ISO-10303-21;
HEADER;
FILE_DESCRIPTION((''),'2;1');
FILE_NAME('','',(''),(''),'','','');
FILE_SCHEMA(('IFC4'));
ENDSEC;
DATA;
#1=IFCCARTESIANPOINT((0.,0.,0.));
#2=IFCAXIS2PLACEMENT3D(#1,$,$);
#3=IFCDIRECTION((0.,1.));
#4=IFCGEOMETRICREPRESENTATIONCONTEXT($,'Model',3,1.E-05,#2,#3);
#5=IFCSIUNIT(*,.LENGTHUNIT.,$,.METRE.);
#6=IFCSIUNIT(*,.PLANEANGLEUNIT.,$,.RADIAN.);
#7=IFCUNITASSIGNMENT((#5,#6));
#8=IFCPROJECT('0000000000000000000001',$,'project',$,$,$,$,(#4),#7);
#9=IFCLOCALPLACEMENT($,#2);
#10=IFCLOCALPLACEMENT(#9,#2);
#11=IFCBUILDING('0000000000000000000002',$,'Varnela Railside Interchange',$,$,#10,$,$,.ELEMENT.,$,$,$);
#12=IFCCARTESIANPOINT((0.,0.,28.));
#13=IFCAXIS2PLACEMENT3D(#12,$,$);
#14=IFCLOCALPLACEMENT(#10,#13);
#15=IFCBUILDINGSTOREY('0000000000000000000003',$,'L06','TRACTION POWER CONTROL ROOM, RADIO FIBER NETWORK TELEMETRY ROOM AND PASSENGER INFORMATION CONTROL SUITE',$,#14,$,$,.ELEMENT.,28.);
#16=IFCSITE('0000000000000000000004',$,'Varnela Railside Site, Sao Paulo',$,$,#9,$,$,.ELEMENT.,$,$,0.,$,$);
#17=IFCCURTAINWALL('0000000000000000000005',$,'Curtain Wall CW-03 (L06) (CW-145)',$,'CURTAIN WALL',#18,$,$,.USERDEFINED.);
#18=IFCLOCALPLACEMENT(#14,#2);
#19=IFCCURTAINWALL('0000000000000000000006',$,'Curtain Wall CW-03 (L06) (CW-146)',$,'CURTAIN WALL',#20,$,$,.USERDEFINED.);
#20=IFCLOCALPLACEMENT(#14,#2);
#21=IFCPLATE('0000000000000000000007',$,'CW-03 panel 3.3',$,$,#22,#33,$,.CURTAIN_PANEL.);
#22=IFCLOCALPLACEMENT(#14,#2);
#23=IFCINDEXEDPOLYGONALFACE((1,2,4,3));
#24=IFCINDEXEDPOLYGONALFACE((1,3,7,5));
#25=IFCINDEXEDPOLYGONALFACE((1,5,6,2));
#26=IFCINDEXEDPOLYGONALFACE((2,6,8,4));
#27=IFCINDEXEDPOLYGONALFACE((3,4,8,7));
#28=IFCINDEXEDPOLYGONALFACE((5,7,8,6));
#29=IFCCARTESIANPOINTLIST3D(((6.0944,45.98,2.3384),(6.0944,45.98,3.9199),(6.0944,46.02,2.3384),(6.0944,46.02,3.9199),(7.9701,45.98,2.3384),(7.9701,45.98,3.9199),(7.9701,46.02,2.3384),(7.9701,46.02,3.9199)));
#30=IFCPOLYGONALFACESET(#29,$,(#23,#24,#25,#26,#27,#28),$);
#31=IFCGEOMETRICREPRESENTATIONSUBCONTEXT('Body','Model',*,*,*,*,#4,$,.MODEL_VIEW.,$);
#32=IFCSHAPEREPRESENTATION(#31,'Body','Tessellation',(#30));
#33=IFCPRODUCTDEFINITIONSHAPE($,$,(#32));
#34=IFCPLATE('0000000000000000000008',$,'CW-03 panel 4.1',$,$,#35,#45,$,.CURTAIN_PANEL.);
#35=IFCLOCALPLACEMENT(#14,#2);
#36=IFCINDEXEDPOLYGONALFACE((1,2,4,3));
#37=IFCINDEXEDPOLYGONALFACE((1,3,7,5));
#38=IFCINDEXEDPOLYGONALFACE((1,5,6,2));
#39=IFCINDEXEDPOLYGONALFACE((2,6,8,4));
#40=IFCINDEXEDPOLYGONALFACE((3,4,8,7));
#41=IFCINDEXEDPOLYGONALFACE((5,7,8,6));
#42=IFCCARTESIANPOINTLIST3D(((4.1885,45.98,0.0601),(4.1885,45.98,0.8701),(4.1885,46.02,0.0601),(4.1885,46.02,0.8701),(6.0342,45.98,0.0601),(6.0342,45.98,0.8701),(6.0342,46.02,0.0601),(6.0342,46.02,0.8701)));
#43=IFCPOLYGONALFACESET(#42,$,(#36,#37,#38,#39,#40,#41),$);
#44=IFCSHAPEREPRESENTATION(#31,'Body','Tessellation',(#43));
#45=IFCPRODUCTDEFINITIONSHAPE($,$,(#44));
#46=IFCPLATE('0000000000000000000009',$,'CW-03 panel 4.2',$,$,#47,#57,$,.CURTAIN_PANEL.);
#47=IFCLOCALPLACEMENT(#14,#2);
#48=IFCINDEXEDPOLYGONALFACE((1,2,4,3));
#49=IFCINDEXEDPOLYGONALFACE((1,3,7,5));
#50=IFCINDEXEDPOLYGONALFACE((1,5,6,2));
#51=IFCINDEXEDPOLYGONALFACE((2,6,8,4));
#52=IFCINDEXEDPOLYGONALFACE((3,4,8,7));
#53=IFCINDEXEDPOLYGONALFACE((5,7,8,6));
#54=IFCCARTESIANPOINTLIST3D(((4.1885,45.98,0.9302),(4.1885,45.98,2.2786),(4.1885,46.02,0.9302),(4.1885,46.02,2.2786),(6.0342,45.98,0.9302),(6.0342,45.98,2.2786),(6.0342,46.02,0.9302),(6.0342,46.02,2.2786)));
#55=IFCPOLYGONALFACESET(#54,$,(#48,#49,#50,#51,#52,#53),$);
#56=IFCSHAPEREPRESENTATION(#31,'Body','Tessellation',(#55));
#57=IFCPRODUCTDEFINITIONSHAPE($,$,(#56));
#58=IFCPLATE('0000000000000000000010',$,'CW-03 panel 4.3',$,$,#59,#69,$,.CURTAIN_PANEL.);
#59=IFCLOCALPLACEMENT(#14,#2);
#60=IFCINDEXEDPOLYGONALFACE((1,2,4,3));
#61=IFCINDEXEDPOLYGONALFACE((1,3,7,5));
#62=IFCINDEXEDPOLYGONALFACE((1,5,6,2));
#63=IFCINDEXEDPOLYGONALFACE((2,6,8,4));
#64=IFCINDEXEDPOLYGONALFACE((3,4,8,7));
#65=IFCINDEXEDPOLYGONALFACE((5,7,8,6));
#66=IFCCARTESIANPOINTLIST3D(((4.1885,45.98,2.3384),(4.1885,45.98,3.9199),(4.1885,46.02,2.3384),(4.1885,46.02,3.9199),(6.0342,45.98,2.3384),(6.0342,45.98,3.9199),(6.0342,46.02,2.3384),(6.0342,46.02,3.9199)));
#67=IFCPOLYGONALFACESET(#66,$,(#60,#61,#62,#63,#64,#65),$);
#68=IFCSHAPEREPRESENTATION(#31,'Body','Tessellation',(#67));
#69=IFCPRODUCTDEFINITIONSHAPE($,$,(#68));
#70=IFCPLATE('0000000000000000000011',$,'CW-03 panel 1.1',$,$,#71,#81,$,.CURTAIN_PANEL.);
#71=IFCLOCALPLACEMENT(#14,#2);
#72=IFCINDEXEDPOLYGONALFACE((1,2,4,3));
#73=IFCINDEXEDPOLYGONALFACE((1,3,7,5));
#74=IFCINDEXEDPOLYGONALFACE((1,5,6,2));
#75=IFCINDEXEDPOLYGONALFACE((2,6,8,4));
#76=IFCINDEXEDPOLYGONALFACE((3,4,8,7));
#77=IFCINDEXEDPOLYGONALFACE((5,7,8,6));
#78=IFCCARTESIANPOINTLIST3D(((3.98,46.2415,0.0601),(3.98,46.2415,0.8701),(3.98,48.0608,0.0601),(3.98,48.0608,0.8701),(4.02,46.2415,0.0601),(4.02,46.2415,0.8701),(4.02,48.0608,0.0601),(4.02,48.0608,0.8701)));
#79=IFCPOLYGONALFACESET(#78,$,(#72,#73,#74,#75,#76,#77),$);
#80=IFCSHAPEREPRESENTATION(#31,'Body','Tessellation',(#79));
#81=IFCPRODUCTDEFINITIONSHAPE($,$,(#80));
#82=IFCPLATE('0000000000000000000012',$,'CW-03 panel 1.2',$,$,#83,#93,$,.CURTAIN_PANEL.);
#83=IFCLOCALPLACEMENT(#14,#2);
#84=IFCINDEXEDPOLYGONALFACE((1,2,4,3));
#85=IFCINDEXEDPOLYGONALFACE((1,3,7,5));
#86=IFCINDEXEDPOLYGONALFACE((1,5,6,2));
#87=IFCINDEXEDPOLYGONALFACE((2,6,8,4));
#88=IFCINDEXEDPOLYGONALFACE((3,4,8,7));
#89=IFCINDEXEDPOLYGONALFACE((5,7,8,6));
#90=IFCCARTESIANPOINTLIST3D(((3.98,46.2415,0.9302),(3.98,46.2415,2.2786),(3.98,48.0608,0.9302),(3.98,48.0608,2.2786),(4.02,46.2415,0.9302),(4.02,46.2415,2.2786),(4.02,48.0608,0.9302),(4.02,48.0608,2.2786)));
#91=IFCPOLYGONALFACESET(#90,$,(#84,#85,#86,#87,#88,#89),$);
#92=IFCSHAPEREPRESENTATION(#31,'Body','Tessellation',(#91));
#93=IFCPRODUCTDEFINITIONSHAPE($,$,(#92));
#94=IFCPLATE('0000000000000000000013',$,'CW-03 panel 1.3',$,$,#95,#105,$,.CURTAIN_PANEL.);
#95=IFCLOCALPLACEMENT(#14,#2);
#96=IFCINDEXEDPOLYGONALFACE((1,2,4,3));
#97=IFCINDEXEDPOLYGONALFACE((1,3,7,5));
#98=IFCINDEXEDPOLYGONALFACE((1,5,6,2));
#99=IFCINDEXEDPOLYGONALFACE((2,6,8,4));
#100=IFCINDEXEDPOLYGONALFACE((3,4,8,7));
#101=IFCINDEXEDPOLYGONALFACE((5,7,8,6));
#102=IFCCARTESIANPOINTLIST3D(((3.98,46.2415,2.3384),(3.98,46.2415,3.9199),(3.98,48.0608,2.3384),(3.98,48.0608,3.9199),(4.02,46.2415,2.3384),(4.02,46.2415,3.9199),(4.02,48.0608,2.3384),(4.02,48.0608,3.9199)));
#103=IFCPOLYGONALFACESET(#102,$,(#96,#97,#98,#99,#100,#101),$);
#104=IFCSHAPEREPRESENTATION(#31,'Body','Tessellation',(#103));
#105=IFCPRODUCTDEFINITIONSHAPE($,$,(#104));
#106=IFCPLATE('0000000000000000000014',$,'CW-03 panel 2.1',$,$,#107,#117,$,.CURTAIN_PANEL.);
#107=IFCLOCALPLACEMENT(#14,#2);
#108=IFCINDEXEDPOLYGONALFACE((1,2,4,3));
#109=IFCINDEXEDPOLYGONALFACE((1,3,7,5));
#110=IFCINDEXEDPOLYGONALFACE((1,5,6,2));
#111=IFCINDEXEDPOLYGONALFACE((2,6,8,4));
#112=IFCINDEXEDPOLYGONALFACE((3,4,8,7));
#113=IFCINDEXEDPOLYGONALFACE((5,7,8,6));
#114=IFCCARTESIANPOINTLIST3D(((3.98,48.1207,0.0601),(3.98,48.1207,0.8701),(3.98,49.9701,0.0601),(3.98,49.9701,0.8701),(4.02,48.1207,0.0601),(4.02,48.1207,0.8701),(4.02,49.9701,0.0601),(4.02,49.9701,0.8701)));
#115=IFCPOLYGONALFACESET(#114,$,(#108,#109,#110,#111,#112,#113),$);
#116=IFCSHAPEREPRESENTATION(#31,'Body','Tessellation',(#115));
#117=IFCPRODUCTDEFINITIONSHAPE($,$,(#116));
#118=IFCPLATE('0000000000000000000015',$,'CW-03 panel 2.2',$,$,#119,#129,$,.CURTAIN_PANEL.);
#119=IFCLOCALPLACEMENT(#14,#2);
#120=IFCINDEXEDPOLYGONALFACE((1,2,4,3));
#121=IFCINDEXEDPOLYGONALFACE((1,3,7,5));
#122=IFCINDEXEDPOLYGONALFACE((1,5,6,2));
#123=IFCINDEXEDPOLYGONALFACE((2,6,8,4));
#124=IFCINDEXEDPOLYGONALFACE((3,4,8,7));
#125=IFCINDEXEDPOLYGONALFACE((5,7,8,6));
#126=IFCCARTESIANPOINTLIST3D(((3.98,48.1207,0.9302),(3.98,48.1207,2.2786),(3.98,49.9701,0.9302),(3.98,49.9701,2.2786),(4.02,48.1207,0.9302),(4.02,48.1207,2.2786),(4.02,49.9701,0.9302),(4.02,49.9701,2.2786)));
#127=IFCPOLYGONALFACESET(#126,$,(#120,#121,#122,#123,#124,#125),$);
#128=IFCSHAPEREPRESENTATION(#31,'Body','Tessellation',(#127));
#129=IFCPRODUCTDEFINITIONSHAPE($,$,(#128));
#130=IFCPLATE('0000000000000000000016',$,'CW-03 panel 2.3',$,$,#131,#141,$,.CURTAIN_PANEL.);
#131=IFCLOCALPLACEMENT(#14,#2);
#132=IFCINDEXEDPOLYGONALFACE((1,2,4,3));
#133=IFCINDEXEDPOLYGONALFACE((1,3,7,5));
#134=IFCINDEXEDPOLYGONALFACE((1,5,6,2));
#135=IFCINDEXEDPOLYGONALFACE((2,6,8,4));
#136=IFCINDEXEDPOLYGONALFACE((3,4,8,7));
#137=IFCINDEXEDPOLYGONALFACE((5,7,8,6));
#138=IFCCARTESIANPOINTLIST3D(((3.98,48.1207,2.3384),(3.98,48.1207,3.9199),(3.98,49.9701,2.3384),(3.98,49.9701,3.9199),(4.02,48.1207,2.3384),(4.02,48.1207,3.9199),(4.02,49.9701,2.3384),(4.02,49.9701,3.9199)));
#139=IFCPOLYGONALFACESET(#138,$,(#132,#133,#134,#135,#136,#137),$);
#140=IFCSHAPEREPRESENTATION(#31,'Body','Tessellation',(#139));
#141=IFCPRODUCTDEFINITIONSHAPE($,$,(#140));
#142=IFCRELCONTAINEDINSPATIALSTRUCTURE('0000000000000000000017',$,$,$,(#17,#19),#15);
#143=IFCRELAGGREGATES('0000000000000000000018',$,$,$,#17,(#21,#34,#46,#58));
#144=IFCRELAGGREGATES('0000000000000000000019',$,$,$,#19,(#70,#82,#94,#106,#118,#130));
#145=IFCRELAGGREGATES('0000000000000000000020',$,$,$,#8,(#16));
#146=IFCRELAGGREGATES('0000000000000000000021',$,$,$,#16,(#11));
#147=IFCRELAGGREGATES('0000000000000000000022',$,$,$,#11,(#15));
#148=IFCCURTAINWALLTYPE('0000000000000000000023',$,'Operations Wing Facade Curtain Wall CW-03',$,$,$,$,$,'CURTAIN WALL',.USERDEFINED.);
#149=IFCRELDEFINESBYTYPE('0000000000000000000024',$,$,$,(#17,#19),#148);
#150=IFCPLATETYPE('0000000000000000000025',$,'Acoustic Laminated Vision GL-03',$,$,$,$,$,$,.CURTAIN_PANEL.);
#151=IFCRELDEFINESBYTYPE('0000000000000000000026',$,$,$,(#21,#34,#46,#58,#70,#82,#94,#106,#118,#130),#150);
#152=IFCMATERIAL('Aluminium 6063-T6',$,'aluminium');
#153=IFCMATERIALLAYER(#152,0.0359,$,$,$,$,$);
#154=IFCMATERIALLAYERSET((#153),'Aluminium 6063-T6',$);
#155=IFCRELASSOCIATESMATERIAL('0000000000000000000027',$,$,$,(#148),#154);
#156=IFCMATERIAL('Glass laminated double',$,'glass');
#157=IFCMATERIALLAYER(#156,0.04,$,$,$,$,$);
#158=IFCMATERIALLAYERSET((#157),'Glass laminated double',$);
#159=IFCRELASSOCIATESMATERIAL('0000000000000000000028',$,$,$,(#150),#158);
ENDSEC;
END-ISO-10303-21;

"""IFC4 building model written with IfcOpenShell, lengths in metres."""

from ifc_helpers import new_model, si_unit, direction, frame, origin, origin_2d, place, context, subcontext, project, spatial, rectangle, extrude, material, layer, layer_set, type_object, element, aggregate, save


model = new_model("IFC4")

# Units and contexts
model_context = context("Model", 3, precision=1e-05, world=origin(), true_north=direction((0.0, 1.0)))
body_context = subcontext(model_context, "Body", "Model", "MODEL_VIEW")
ifc_project = project(units=[si_unit("LENGTHUNIT", "METRE"), si_unit("PLANEANGLEUNIT", "RADIAN")], contexts=[model_context])

# Site, building, storey
site_placement = place(None, origin())
site = spatial("IfcSite", under=ifc_project, at=site_placement, Name="Varnela Railside Site, Sao Paulo", CompositionType="ELEMENT", RefElevation=0.0)
building_placement = place(site_placement, origin())
building = spatial("IfcBuilding", under=site, at=building_placement, Name="Varnela Railside Interchange", CompositionType="ELEMENT")
storey_placement = place(building_placement, frame((0.0, 0.0, 28.0)))
storey = spatial("IfcBuildingStorey", under=building, at=storey_placement, Name="L06", Description="TRACTION POWER CONTROL ROOM, RADIO FIBER NETWORK TELEMETRY ROOM AND PASSENGER INFORMATION CONTROL SUITE", CompositionType="ELEMENT", Elevation=28.0)

# Curtain walls
ifc_material_1 = material(Name="Aluminium 6063-T6", Category="aluminium")
ifc_layer_1 = layer(ifc_material_1, 0.0359)
ifc_layer_set_1 = layer_set([ifc_layer_1], Name="Aluminium 6063-T6")
curtain_wall_type = type_object("IfcCurtainWallType", Name="Operations Wing Facade Curtain Wall CW-03", ElementType="CURTAIN WALL", PredefinedType="USERDEFINED", material=ifc_layer_set_1)
curtain_wall_1_placement = place(storey_placement, origin())
curtain_wall_1 = element("IfcCurtainWall", 1, at=curtain_wall_1_placement, inside=storey, type_object=curtain_wall_type, Name="Curtain Wall CW-03 (L06) (CW-145)", ObjectType="CURTAIN WALL", PredefinedType="USERDEFINED")
curtain_wall_2_placement = place(storey_placement, origin())
curtain_wall_2 = element("IfcCurtainWall", 2, at=curtain_wall_2_placement, inside=storey, type_object=curtain_wall_type, Name="Curtain Wall CW-03 (L06) (CW-146)", ObjectType="CURTAIN WALL", PredefinedType="USERDEFINED")

# Plates
ifc_material_2 = material(Name="Glass laminated double", Category="glass")
ifc_layer_2 = layer(ifc_material_2, 0.04)
ifc_layer_set_2 = layer_set([ifc_layer_2], Name="Glass laminated double")
plate_type = type_object("IfcPlateType", Name="Acoustic Laminated Vision GL-03", PredefinedType="CURTAIN_PANEL", material=ifc_layer_set_2)
plate_1_placement = place(storey_placement, frame((7.0322, 46.0, 2.3384), z_axis=(0.0, 0.0, 1.0), x_axis=(-1.0, 0.0, 0.0)))
plate_1 = element("IfcPlate", 3, at=plate_1_placement, type_object=plate_type, Name="CW-03 panel 3.3", PredefinedType="CURTAIN_PANEL", context=body_context, shape_type="SweptSolid", body=[
    extrude(rectangle(XDim=1.8757, YDim=0.04, at=origin_2d()), origin(), (0.0, 0.0, 1.0), 1.5815),
])
plate_2_placement = place(storey_placement, frame((5.1113, 46.0, 0.0601), z_axis=(0.0, 0.0, 1.0), x_axis=(-1.0, 0.0, 0.0)))
plate_2 = element("IfcPlate", 4, at=plate_2_placement, type_object=plate_type, Name="CW-03 panel 4.1", PredefinedType="CURTAIN_PANEL", context=body_context, shape_type="SweptSolid", body=[
    extrude(rectangle(XDim=1.8457, YDim=0.04, at=origin_2d()), origin(), (0.0, 0.0, 1.0), 0.8101),
])
plate_3_placement = place(storey_placement, frame((5.1113, 46.0, 0.9302), z_axis=(0.0, 0.0, 1.0), x_axis=(-1.0, 0.0, 0.0)))
plate_3 = element("IfcPlate", 5, at=plate_3_placement, type_object=plate_type, Name="CW-03 panel 4.2", PredefinedType="CURTAIN_PANEL", context=body_context, shape_type="SweptSolid", body=[
    extrude(rectangle(XDim=1.8457, YDim=0.04, at=origin_2d()), origin(), (0.0, 0.0, 1.0), 1.3484),
])
plate_4_placement = place(storey_placement, frame((5.1113, 46.0, 2.3384), z_axis=(0.0, 0.0, 1.0), x_axis=(-1.0, 0.0, 0.0)))
plate_4 = element("IfcPlate", 6, at=plate_4_placement, type_object=plate_type, Name="CW-03 panel 4.3", PredefinedType="CURTAIN_PANEL", context=body_context, shape_type="SweptSolid", body=[
    extrude(rectangle(XDim=1.8457, YDim=0.04, at=origin_2d()), origin(), (0.0, 0.0, 1.0), 1.5815),
])
aggregate(curtain_wall_1, [plate_1, plate_2, plate_3, plate_4])
plate_5_placement = place(storey_placement, frame((4.0, 47.1511, 0.0601), z_axis=(0.0, 0.0, 1.0), x_axis=(0.0, 1.0, 0.0)))
plate_5 = element("IfcPlate", 7, at=plate_5_placement, type_object=plate_type, Name="CW-03 panel 1.1", PredefinedType="CURTAIN_PANEL", context=body_context, shape_type="SweptSolid", body=[
    extrude(rectangle(XDim=1.8193, YDim=0.04, at=origin_2d()), origin(), (0.0, 0.0, 1.0), 0.8101),
])
plate_6_placement = place(storey_placement, frame((4.0, 47.1511, 0.9302), z_axis=(0.0, 0.0, 1.0), x_axis=(0.0, 1.0, 0.0)))
plate_6 = element("IfcPlate", 8, at=plate_6_placement, type_object=plate_type, Name="CW-03 panel 1.2", PredefinedType="CURTAIN_PANEL", context=body_context, shape_type="SweptSolid", body=[
    extrude(rectangle(XDim=1.8193, YDim=0.04, at=origin_2d()), origin(), (0.0, 0.0, 1.0), 1.3484),
])
plate_7_placement = place(storey_placement, frame((4.0, 47.1511, 2.3384), z_axis=(0.0, 0.0, 1.0), x_axis=(0.0, 1.0, 0.0)))
plate_7 = element("IfcPlate", 9, at=plate_7_placement, type_object=plate_type, Name="CW-03 panel 1.3", PredefinedType="CURTAIN_PANEL", context=body_context, shape_type="SweptSolid", body=[
    extrude(rectangle(XDim=1.8193, YDim=0.04, at=origin_2d()), origin(), (0.0, 0.0, 1.0), 1.5815),
])
plate_8_placement = place(storey_placement, frame((4.0, 49.0454, 0.0601), z_axis=(0.0, 0.0, 1.0), x_axis=(0.0, 1.0, 0.0)))
plate_8 = element("IfcPlate", 10, at=plate_8_placement, type_object=plate_type, Name="CW-03 panel 2.1", PredefinedType="CURTAIN_PANEL", context=body_context, shape_type="SweptSolid", body=[
    extrude(rectangle(XDim=1.8494, YDim=0.04, at=origin_2d()), origin(), (0.0, 0.0, 1.0), 0.8101),
])
plate_9_placement = place(storey_placement, frame((4.0, 49.0454, 0.9302), z_axis=(0.0, 0.0, 1.0), x_axis=(0.0, 1.0, 0.0)))
plate_9 = element("IfcPlate", 11, at=plate_9_placement, type_object=plate_type, Name="CW-03 panel 2.2", PredefinedType="CURTAIN_PANEL", context=body_context, shape_type="SweptSolid", body=[
    extrude(rectangle(XDim=1.8494, YDim=0.04, at=origin_2d()), origin(), (0.0, 0.0, 1.0), 1.3484),
])
plate_10_placement = place(storey_placement, frame((4.0, 49.0454, 2.3384), z_axis=(0.0, 0.0, 1.0), x_axis=(0.0, 1.0, 0.0)))
plate_10 = element("IfcPlate", 12, at=plate_10_placement, type_object=plate_type, Name="CW-03 panel 2.3", PredefinedType="CURTAIN_PANEL", context=body_context, shape_type="SweptSolid", body=[
    extrude(rectangle(XDim=1.8494, YDim=0.04, at=origin_2d()), origin(), (0.0, 0.0, 1.0), 1.5815),
])
aggregate(curtain_wall_2, [plate_5, plate_6, plate_7, plate_8, plate_9, plate_10])

save(model, "model.ifc")
